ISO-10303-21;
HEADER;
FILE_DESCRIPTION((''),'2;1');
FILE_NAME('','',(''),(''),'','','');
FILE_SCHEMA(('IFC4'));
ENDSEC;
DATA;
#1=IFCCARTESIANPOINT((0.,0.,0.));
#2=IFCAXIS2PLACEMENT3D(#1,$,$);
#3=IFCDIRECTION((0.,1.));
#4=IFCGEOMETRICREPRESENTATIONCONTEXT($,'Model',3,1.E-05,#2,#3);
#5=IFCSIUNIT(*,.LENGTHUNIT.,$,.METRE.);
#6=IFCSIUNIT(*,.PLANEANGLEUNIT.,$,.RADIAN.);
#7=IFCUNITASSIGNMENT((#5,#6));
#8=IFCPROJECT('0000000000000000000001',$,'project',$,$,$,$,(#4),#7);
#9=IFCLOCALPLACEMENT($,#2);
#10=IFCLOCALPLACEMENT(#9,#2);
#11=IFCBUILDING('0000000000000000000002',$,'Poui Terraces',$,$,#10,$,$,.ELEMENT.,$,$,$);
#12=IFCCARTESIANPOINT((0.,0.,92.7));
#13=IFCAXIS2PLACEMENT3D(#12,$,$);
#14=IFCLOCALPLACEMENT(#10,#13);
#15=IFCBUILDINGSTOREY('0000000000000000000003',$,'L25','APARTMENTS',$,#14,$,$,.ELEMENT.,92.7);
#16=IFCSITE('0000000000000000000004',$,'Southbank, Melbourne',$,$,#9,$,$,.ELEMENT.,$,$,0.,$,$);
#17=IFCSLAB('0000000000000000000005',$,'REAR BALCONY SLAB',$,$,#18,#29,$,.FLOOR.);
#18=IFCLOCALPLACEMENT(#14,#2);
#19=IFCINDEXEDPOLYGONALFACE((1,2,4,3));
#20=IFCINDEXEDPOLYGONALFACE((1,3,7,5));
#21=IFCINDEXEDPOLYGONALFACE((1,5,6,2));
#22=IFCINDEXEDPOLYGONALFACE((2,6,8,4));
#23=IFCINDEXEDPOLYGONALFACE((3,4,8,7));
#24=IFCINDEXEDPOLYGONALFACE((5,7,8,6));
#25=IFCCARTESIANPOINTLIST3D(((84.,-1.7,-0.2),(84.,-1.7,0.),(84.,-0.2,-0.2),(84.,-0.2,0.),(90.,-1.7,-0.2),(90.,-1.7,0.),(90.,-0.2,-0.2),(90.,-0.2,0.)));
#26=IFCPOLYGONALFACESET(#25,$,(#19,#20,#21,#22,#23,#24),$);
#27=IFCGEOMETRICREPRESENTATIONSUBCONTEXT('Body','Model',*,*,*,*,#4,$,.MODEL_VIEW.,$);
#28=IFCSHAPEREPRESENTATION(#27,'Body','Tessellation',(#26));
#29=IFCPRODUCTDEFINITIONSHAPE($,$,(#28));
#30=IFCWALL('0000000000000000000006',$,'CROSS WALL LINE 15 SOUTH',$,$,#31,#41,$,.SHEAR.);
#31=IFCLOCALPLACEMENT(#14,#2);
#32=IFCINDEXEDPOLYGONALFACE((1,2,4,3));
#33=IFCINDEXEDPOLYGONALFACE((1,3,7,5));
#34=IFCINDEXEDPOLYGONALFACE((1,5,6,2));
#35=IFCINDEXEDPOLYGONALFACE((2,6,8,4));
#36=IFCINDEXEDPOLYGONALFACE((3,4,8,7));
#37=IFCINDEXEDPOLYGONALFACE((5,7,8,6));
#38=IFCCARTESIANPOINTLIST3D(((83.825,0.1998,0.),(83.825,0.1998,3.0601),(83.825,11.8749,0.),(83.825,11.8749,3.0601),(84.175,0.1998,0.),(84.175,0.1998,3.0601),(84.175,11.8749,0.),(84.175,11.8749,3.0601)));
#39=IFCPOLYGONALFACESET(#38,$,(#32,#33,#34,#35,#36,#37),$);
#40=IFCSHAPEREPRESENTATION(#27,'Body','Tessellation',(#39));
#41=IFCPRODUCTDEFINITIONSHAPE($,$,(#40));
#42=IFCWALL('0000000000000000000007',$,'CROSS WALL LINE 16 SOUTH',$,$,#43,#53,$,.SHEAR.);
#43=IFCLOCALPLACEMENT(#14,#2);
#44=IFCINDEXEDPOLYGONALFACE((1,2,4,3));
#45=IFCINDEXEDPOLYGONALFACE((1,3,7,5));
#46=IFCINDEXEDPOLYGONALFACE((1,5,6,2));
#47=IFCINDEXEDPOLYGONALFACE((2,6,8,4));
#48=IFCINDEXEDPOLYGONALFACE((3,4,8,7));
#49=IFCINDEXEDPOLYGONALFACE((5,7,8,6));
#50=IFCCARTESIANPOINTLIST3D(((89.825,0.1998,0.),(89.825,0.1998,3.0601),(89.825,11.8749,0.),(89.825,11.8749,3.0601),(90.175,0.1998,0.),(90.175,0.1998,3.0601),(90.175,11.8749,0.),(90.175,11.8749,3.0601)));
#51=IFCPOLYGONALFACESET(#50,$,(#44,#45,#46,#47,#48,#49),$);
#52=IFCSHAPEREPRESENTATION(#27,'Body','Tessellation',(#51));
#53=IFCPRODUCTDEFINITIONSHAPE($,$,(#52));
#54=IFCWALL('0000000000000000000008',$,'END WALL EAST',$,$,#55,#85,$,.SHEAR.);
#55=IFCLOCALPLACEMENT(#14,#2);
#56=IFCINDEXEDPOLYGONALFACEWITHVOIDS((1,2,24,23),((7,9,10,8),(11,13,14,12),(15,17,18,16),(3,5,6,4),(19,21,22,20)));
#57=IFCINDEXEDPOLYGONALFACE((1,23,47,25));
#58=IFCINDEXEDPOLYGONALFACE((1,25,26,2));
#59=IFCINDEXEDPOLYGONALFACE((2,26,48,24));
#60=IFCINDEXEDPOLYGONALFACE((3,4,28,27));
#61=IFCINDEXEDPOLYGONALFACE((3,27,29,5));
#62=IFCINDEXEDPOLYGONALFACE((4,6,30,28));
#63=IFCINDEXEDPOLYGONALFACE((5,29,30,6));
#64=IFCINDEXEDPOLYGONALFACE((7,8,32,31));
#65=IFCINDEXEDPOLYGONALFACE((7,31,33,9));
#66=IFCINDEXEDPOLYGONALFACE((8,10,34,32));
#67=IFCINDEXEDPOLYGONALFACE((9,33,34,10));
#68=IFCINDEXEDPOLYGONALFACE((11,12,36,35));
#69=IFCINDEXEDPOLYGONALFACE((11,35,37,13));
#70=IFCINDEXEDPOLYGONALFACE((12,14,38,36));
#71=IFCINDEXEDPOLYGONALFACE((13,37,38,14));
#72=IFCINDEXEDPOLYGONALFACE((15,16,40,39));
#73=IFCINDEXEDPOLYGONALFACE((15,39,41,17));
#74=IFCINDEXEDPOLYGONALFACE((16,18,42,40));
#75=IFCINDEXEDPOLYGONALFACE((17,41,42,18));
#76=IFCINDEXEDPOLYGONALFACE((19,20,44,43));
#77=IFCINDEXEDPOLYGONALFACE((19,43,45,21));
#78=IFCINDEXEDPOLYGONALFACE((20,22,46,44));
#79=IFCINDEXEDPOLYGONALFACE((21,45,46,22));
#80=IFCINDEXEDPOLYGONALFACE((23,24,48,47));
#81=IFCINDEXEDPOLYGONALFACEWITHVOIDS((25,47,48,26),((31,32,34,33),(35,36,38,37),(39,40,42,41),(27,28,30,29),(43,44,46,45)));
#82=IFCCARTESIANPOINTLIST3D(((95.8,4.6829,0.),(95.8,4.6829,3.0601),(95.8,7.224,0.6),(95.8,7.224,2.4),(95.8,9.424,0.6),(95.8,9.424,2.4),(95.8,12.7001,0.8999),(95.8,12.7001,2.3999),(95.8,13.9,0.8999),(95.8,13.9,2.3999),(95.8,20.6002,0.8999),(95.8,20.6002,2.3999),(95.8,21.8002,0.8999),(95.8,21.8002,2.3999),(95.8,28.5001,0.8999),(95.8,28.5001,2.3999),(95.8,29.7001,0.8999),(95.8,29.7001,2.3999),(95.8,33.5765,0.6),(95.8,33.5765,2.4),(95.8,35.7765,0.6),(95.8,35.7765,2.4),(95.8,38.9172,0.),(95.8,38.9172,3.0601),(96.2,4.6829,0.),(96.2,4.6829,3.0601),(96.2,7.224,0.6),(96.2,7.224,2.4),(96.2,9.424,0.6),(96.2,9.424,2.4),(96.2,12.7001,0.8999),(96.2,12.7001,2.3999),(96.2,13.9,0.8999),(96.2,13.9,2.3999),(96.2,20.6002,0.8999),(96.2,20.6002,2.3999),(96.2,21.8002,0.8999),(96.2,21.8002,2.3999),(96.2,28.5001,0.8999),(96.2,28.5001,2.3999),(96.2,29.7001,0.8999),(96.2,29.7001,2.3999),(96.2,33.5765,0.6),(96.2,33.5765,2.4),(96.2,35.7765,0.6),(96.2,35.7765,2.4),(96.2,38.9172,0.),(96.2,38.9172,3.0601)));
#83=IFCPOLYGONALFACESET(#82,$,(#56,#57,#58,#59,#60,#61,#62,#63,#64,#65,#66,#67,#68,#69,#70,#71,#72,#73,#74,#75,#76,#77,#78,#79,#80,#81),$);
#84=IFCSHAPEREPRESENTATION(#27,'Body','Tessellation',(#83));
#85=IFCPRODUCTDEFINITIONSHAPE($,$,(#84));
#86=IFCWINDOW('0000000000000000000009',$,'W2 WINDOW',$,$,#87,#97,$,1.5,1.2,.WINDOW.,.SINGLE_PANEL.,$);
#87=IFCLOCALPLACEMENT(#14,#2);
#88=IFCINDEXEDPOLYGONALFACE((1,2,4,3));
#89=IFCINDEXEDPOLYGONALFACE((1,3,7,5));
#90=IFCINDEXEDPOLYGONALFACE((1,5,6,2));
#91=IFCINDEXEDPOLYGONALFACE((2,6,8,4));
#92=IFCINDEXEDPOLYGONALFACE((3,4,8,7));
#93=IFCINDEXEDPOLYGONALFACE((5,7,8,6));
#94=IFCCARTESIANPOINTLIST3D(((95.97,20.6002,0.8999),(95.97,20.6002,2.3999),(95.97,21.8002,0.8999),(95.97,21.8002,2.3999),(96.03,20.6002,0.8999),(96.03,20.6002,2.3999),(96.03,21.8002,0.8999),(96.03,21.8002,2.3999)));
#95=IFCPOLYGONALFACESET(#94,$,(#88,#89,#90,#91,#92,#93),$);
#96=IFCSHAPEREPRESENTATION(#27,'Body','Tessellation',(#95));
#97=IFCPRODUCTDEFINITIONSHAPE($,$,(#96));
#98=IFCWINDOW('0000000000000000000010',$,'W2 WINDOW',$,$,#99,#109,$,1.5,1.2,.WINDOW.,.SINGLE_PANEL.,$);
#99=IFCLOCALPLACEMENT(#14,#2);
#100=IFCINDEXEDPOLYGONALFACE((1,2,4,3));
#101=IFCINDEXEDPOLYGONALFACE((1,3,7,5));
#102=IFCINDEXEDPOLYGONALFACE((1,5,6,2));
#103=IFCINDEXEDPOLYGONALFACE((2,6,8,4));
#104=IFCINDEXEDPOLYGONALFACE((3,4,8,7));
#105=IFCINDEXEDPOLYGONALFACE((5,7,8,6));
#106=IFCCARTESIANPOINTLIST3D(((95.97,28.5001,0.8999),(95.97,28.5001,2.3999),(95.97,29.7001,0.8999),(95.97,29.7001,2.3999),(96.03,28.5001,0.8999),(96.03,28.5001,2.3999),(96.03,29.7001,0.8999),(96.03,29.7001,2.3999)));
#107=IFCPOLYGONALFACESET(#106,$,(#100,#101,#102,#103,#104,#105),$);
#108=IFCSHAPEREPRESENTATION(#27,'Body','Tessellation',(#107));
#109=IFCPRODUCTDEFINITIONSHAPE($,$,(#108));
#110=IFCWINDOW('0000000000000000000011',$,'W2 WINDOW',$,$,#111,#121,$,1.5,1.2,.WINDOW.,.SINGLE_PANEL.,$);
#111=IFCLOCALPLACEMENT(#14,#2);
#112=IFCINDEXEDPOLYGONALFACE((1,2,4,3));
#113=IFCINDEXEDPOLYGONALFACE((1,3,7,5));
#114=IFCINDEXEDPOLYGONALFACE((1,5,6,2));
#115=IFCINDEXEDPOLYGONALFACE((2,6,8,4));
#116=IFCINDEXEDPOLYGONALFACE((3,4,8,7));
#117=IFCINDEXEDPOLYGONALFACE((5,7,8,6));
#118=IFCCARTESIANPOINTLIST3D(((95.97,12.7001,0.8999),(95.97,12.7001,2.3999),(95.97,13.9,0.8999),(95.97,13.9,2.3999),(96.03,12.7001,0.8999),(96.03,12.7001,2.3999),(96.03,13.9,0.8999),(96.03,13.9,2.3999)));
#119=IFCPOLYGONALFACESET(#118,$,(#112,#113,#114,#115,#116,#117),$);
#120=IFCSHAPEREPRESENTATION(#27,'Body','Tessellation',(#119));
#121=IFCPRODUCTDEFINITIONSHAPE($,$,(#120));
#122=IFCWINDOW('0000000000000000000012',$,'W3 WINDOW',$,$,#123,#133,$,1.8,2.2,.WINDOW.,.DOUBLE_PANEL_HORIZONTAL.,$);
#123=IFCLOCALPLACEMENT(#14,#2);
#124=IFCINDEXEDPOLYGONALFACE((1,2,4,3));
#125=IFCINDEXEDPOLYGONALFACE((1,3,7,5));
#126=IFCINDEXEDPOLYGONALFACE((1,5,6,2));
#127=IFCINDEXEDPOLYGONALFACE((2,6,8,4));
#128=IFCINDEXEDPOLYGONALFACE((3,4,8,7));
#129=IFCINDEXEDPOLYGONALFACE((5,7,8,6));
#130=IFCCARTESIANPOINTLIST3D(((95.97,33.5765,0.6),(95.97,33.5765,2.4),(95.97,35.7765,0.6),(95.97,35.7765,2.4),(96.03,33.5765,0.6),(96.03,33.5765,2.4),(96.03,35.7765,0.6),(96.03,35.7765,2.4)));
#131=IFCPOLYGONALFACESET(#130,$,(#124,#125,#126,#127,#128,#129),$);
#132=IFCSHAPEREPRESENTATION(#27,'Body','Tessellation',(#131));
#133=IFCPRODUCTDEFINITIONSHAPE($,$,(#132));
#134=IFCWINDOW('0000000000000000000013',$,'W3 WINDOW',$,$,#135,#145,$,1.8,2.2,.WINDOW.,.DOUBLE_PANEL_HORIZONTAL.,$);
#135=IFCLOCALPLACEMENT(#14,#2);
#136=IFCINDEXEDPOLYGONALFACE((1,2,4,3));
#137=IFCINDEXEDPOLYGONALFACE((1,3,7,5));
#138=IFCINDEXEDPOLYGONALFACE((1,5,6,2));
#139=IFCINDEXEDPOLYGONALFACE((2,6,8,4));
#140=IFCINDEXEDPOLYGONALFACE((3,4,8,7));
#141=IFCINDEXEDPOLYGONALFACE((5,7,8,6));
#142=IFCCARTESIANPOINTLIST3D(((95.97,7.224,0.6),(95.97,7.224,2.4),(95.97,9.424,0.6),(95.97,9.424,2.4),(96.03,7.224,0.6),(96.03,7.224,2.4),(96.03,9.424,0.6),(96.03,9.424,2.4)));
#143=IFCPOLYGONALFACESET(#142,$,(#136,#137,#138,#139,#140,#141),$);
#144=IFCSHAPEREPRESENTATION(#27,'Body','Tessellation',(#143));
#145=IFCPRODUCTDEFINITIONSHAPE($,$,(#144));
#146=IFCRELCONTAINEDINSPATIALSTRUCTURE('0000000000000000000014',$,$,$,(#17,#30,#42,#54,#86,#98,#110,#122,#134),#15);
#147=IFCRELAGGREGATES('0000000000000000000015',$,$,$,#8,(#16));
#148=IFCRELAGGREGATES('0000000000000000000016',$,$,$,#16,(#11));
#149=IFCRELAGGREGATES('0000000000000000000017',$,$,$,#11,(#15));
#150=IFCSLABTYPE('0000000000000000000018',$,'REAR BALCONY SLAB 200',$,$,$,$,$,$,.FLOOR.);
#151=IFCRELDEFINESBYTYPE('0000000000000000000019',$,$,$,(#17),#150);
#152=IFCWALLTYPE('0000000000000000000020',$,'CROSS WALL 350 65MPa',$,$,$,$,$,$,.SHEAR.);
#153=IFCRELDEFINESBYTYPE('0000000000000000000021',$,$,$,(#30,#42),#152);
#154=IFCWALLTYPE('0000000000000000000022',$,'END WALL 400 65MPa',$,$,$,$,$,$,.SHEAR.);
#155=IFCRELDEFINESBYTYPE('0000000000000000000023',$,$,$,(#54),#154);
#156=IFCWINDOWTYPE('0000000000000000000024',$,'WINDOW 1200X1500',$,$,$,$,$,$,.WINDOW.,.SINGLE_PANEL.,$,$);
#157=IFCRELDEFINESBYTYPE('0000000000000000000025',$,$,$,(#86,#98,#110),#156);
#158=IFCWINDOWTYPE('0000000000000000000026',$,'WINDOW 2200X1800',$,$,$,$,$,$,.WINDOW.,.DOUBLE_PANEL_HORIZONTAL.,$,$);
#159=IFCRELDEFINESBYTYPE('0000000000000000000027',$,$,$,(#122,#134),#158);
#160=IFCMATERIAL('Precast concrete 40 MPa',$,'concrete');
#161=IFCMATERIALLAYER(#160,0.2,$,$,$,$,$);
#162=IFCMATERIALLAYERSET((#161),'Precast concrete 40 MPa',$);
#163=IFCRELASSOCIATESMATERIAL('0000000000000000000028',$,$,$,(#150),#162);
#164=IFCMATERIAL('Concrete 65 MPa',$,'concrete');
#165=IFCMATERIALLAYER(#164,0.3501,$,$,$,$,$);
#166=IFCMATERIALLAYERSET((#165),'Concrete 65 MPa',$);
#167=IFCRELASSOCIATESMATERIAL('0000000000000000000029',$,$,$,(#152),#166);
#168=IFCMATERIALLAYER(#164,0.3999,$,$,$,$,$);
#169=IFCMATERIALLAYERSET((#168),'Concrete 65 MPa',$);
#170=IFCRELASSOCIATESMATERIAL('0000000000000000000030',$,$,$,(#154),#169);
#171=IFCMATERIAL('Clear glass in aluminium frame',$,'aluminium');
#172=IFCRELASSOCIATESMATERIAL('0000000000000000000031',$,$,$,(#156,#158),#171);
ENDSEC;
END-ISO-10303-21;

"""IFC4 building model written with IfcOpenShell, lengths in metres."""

from ifc_helpers import new_model, si_unit, direction, frame, frame_2d, origin, place, context, subcontext, project, spatial, polyline, rectangle, outline, extrude, source, transform, mapped, material, layer, layer_set, type_object, element, fill, save


model = new_model("IFC4")

# Units and contexts
model_context = context("Model", 3, precision=1e-05, world=origin(), true_north=direction((0.0, 1.0)))
body_context = subcontext(model_context, "Body", "Model", "MODEL_VIEW")
ifc_project = project(units=[si_unit("LENGTHUNIT", "METRE"), si_unit("PLANEANGLEUNIT", "RADIAN")], contexts=[model_context])

# Site, building, storey
site_placement = place(None, origin())
site = spatial("IfcSite", under=ifc_project, at=site_placement, Name="Southbank, Melbourne", CompositionType="ELEMENT", RefElevation=0.0)
building_placement = place(site_placement, origin())
building = spatial("IfcBuilding", under=site, at=building_placement, Name="Poui Terraces", CompositionType="ELEMENT")
storey_placement = place(building_placement, frame((0.0, 0.0, 92.7)))
storey = spatial("IfcBuildingStorey", under=building, at=storey_placement, Name="L25", Description="APARTMENTS", CompositionType="ELEMENT", Elevation=92.7)

# Slab
ifc_material_1 = material(Name="Precast concrete 40 MPa", Category="concrete")
ifc_layer_1 = layer(ifc_material_1, 0.2)
ifc_layer_set_1 = layer_set([ifc_layer_1], Name="Precast concrete 40 MPa")
slab_type = type_object("IfcSlabType", Name="REAR BALCONY SLAB 200", PredefinedType="FLOOR", material=ifc_layer_set_1)
shared_shape_1 = source(origin(), body_context, "Body", "SweptSolid", [
    extrude(outline(polyline([(0.0, 0.0), (6.0, 0.0), (6.0, 1.5), (0.0, 1.5), (0.0, 0.0)])), origin(), (0.0, 0.0, 1.0), 0.2),
])
slab_placement = place(storey_placement, frame((84.0, -1.7, -0.2)))
element("IfcSlab", 1, at=slab_placement, inside=storey, type_object=slab_type, Name="REAR BALCONY SLAB", PredefinedType="FLOOR", context=body_context, shape_type="MappedRepresentation", body=[
    mapped(shared_shape_1, transform((0.0, 0.0, 0.0))),
])

# Walls
ifc_material_2 = material(Name="Concrete 65 MPa", Category="concrete")
ifc_layer_2 = layer(ifc_material_2, 0.3501)
ifc_layer_set_2 = layer_set([ifc_layer_2], Name="Concrete 65 MPa")
wall_type_1 = type_object("IfcWallType", Name="CROSS WALL 350 65MPa", PredefinedType="SHEAR", material=ifc_layer_set_2)
for number, where, z_axis, x_axis, name in (
    (2, (84.0, 0.2, 0.0), (0.0, 0.0, 1.0), (0.0, 1.0, 0.0), "CROSS WALL LINE 15 SOUTH"),
    (3, (90.0, 0.2, 0.0), (0.0, 0.0, 1.0), (0.0, 1.0, 0.0), "CROSS WALL LINE 16 SOUTH"),
):
    element("IfcWall", number, at=place(storey_placement, frame(where, z_axis=z_axis, x_axis=x_axis)), inside=storey, type_object=wall_type_1, Name=name, PredefinedType="SHEAR", context=body_context, shape_type="SweptSolid", body=[
        extrude(rectangle(XDim=11.675, YDim=0.3501, at=frame_2d((5.8374, 0.0))), origin(), (0.0, 0.0, 1.0), 3.0601),
    ])

# Wall, openings, windows
ifc_layer_3 = layer(ifc_material_2, 0.3999)
ifc_layer_set_3 = layer_set([ifc_layer_3], Name="Concrete 65 MPa")
wall_type_2 = type_object("IfcWallType", Name="END WALL 400 65MPa", PredefinedType="SHEAR", material=ifc_layer_set_3)
wall_1_placement = place(storey_placement, frame((96.0, 4.6829, 0.0), z_axis=(0.0, 0.0, 1.0), x_axis=(0.0, 1.0, 0.0)))
wall_1 = element("IfcWall", 4, at=wall_1_placement, inside=storey, type_object=wall_type_2, Name="END WALL EAST", PredefinedType="SHEAR", context=body_context, shape_type="SweptSolid", body=[
    extrude(rectangle(XDim=34.2344, YDim=0.3999, at=frame_2d((17.1172, 0.0))), origin(), (0.0, 0.0, 1.0), 3.0601),
])
opening_1_placement = place(wall_1_placement, frame((15.9172, 0.0, 0.8999)))
opening_1 = element("IfcOpeningElement", 5, at=opening_1_placement, cuts=wall_1, PredefinedType="OPENING", context=body_context, shape_type="SweptSolid", body=[
    extrude(rectangle(XDim=1.2, YDim=1.5, at=frame_2d((0.6001, 0.75))), frame((0.0, 0.21, 0.0), z_axis=(0.0, -1.0, 0.0), x_axis=(1.0, 0.0, 0.0)), (0.0, 0.0, 1.0), 0.4199),
])
opening_2_placement = place(wall_1_placement, frame((23.8171, 0.0, 0.8999)))
opening_2 = element("IfcOpeningElement", 6, at=opening_2_placement, cuts=wall_1, PredefinedType="OPENING", context=body_context, shape_type="SweptSolid", body=[
    extrude(rectangle(XDim=1.2, YDim=1.5, at=frame_2d((0.6001, 0.75))), frame((0.0, 0.21, 0.0), z_axis=(0.0, -1.0, 0.0), x_axis=(1.0, 0.0, 0.0)), (0.0, 0.0, 1.0), 0.4199),
])
opening_3_placement = place(wall_1_placement, frame((8.0171, 0.0, 0.8999)))
opening_3 = element("IfcOpeningElement", 7, at=opening_3_placement, cuts=wall_1, PredefinedType="OPENING", context=body_context, shape_type="SweptSolid", body=[
    extrude(rectangle(XDim=1.2, YDim=1.5, at=frame_2d((0.6001, 0.75))), frame((0.0, 0.21, 0.0), z_axis=(0.0, -1.0, 0.0), x_axis=(1.0, 0.0, 0.0)), (0.0, 0.0, 1.0), 0.4199),
])
opening_4_placement = place(wall_1_placement, frame((28.8936, 0.0, 0.6001)))
opening_4 = element("IfcOpeningElement", 8, at=opening_4_placement, cuts=wall_1, PredefinedType="OPENING", context=body_context, shape_type="SweptSolid", body=[
    extrude(rectangle(XDim=2.2, YDim=1.8, at=frame_2d((1.1001, 0.8999))), frame((0.0, 0.21, 0.0), z_axis=(0.0, -1.0, 0.0), x_axis=(1.0, 0.0, 0.0)), (0.0, 0.0, 1.0), 0.4199),
])
opening_5_placement = place(wall_1_placement, frame((2.541, 0.0, 0.6001)))
opening_5 = element("IfcOpeningElement", 9, at=opening_5_placement, cuts=wall_1, PredefinedType="OPENING", context=body_context, shape_type="SweptSolid", body=[
    extrude(rectangle(XDim=2.2, YDim=1.8, at=frame_2d((1.1001, 0.8999))), frame((0.0, 0.21, 0.0), z_axis=(0.0, -1.0, 0.0), x_axis=(1.0, 0.0, 0.0)), (0.0, 0.0, 1.0), 0.4199),
])
ifc_material_3 = material(Name="Clear glass in aluminium frame", Category="aluminium")
window_type_1 = type_object("IfcWindowType", Name="WINDOW 1200X1500", PartitioningType="SINGLE_PANEL", PredefinedType="WINDOW", material=ifc_material_3)
window_1_placement = place(opening_1_placement, origin())
window_1 = element("IfcWindow", 10, at=window_1_placement, inside=storey, type_object=window_type_1, Name="W2 WINDOW", OverallHeight=1.5, OverallWidth=1.2, PartitioningType="SINGLE_PANEL", PredefinedType="WINDOW", context=body_context, shape_type="SweptSolid", body=[
    extrude(rectangle(XDim=1.2, YDim=1.5, at=frame_2d((0.6001, 0.75))), frame((0.0, 0.03, 0.0), z_axis=(0.0, -1.0, 0.0), x_axis=(1.0, 0.0, 0.0)), (0.0, 0.0, 1.0), 0.0601),
])
fill(opening_1, window_1)
window_2_placement = place(opening_2_placement, origin())
window_2 = element("IfcWindow", 11, at=window_2_placement, inside=storey, type_object=window_type_1, Name="W2 WINDOW", OverallHeight=1.5, OverallWidth=1.2, PartitioningType="SINGLE_PANEL", PredefinedType="WINDOW", context=body_context, shape_type="SweptSolid", body=[
    extrude(rectangle(XDim=1.2, YDim=1.5, at=frame_2d((0.6001, 0.75))), frame((0.0, 0.03, 0.0), z_axis=(0.0, -1.0, 0.0), x_axis=(1.0, 0.0, 0.0)), (0.0, 0.0, 1.0), 0.0601),
])
fill(opening_2, window_2)
window_3_placement = place(opening_3_placement, origin())
window_3 = element("IfcWindow", 12, at=window_3_placement, inside=storey, type_object=window_type_1, Name="W2 WINDOW", OverallHeight=1.5, OverallWidth=1.2, PartitioningType="SINGLE_PANEL", PredefinedType="WINDOW", context=body_context, shape_type="SweptSolid", body=[
    extrude(rectangle(XDim=1.2, YDim=1.5, at=frame_2d((0.6001, 0.75))), frame((0.0, 0.03, 0.0), z_axis=(0.0, -1.0, 0.0), x_axis=(1.0, 0.0, 0.0)), (0.0, 0.0, 1.0), 0.0601),
])
fill(opening_3, window_3)
window_type_2 = type_object("IfcWindowType", Name="WINDOW 2200X1800", PartitioningType="DOUBLE_PANEL_HORIZONTAL", PredefinedType="WINDOW", material=ifc_material_3)
window_4_placement = place(opening_4_placement, origin())
window_4 = element("IfcWindow", 13, at=window_4_placement, inside=storey, type_object=window_type_2, Name="W3 WINDOW", OverallHeight=1.8, OverallWidth=2.2, PartitioningType="DOUBLE_PANEL_HORIZONTAL", PredefinedType="WINDOW", context=body_context, shape_type="SweptSolid", body=[
    extrude(rectangle(XDim=2.2, YDim=1.8, at=frame_2d((1.1001, 0.8999))), frame((0.0, 0.03, 0.0), z_axis=(0.0, -1.0, 0.0), x_axis=(1.0, 0.0, 0.0)), (0.0, 0.0, 1.0), 0.0601),
])
fill(opening_4, window_4)
window_5_placement = place(opening_5_placement, origin())
window_5 = element("IfcWindow", 14, at=window_5_placement, inside=storey, type_object=window_type_2, Name="W3 WINDOW", OverallHeight=1.8, OverallWidth=2.2, PartitioningType="DOUBLE_PANEL_HORIZONTAL", PredefinedType="WINDOW", context=body_context, shape_type="SweptSolid", body=[
    extrude(rectangle(XDim=2.2, YDim=1.8, at=frame_2d((1.1001, 0.8999))), frame((0.0, 0.03, 0.0), z_axis=(0.0, -1.0, 0.0), x_axis=(1.0, 0.0, 0.0)), (0.0, 0.0, 1.0), 0.0601),
])
fill(opening_5, window_5)

save(model, "model.ifc")
